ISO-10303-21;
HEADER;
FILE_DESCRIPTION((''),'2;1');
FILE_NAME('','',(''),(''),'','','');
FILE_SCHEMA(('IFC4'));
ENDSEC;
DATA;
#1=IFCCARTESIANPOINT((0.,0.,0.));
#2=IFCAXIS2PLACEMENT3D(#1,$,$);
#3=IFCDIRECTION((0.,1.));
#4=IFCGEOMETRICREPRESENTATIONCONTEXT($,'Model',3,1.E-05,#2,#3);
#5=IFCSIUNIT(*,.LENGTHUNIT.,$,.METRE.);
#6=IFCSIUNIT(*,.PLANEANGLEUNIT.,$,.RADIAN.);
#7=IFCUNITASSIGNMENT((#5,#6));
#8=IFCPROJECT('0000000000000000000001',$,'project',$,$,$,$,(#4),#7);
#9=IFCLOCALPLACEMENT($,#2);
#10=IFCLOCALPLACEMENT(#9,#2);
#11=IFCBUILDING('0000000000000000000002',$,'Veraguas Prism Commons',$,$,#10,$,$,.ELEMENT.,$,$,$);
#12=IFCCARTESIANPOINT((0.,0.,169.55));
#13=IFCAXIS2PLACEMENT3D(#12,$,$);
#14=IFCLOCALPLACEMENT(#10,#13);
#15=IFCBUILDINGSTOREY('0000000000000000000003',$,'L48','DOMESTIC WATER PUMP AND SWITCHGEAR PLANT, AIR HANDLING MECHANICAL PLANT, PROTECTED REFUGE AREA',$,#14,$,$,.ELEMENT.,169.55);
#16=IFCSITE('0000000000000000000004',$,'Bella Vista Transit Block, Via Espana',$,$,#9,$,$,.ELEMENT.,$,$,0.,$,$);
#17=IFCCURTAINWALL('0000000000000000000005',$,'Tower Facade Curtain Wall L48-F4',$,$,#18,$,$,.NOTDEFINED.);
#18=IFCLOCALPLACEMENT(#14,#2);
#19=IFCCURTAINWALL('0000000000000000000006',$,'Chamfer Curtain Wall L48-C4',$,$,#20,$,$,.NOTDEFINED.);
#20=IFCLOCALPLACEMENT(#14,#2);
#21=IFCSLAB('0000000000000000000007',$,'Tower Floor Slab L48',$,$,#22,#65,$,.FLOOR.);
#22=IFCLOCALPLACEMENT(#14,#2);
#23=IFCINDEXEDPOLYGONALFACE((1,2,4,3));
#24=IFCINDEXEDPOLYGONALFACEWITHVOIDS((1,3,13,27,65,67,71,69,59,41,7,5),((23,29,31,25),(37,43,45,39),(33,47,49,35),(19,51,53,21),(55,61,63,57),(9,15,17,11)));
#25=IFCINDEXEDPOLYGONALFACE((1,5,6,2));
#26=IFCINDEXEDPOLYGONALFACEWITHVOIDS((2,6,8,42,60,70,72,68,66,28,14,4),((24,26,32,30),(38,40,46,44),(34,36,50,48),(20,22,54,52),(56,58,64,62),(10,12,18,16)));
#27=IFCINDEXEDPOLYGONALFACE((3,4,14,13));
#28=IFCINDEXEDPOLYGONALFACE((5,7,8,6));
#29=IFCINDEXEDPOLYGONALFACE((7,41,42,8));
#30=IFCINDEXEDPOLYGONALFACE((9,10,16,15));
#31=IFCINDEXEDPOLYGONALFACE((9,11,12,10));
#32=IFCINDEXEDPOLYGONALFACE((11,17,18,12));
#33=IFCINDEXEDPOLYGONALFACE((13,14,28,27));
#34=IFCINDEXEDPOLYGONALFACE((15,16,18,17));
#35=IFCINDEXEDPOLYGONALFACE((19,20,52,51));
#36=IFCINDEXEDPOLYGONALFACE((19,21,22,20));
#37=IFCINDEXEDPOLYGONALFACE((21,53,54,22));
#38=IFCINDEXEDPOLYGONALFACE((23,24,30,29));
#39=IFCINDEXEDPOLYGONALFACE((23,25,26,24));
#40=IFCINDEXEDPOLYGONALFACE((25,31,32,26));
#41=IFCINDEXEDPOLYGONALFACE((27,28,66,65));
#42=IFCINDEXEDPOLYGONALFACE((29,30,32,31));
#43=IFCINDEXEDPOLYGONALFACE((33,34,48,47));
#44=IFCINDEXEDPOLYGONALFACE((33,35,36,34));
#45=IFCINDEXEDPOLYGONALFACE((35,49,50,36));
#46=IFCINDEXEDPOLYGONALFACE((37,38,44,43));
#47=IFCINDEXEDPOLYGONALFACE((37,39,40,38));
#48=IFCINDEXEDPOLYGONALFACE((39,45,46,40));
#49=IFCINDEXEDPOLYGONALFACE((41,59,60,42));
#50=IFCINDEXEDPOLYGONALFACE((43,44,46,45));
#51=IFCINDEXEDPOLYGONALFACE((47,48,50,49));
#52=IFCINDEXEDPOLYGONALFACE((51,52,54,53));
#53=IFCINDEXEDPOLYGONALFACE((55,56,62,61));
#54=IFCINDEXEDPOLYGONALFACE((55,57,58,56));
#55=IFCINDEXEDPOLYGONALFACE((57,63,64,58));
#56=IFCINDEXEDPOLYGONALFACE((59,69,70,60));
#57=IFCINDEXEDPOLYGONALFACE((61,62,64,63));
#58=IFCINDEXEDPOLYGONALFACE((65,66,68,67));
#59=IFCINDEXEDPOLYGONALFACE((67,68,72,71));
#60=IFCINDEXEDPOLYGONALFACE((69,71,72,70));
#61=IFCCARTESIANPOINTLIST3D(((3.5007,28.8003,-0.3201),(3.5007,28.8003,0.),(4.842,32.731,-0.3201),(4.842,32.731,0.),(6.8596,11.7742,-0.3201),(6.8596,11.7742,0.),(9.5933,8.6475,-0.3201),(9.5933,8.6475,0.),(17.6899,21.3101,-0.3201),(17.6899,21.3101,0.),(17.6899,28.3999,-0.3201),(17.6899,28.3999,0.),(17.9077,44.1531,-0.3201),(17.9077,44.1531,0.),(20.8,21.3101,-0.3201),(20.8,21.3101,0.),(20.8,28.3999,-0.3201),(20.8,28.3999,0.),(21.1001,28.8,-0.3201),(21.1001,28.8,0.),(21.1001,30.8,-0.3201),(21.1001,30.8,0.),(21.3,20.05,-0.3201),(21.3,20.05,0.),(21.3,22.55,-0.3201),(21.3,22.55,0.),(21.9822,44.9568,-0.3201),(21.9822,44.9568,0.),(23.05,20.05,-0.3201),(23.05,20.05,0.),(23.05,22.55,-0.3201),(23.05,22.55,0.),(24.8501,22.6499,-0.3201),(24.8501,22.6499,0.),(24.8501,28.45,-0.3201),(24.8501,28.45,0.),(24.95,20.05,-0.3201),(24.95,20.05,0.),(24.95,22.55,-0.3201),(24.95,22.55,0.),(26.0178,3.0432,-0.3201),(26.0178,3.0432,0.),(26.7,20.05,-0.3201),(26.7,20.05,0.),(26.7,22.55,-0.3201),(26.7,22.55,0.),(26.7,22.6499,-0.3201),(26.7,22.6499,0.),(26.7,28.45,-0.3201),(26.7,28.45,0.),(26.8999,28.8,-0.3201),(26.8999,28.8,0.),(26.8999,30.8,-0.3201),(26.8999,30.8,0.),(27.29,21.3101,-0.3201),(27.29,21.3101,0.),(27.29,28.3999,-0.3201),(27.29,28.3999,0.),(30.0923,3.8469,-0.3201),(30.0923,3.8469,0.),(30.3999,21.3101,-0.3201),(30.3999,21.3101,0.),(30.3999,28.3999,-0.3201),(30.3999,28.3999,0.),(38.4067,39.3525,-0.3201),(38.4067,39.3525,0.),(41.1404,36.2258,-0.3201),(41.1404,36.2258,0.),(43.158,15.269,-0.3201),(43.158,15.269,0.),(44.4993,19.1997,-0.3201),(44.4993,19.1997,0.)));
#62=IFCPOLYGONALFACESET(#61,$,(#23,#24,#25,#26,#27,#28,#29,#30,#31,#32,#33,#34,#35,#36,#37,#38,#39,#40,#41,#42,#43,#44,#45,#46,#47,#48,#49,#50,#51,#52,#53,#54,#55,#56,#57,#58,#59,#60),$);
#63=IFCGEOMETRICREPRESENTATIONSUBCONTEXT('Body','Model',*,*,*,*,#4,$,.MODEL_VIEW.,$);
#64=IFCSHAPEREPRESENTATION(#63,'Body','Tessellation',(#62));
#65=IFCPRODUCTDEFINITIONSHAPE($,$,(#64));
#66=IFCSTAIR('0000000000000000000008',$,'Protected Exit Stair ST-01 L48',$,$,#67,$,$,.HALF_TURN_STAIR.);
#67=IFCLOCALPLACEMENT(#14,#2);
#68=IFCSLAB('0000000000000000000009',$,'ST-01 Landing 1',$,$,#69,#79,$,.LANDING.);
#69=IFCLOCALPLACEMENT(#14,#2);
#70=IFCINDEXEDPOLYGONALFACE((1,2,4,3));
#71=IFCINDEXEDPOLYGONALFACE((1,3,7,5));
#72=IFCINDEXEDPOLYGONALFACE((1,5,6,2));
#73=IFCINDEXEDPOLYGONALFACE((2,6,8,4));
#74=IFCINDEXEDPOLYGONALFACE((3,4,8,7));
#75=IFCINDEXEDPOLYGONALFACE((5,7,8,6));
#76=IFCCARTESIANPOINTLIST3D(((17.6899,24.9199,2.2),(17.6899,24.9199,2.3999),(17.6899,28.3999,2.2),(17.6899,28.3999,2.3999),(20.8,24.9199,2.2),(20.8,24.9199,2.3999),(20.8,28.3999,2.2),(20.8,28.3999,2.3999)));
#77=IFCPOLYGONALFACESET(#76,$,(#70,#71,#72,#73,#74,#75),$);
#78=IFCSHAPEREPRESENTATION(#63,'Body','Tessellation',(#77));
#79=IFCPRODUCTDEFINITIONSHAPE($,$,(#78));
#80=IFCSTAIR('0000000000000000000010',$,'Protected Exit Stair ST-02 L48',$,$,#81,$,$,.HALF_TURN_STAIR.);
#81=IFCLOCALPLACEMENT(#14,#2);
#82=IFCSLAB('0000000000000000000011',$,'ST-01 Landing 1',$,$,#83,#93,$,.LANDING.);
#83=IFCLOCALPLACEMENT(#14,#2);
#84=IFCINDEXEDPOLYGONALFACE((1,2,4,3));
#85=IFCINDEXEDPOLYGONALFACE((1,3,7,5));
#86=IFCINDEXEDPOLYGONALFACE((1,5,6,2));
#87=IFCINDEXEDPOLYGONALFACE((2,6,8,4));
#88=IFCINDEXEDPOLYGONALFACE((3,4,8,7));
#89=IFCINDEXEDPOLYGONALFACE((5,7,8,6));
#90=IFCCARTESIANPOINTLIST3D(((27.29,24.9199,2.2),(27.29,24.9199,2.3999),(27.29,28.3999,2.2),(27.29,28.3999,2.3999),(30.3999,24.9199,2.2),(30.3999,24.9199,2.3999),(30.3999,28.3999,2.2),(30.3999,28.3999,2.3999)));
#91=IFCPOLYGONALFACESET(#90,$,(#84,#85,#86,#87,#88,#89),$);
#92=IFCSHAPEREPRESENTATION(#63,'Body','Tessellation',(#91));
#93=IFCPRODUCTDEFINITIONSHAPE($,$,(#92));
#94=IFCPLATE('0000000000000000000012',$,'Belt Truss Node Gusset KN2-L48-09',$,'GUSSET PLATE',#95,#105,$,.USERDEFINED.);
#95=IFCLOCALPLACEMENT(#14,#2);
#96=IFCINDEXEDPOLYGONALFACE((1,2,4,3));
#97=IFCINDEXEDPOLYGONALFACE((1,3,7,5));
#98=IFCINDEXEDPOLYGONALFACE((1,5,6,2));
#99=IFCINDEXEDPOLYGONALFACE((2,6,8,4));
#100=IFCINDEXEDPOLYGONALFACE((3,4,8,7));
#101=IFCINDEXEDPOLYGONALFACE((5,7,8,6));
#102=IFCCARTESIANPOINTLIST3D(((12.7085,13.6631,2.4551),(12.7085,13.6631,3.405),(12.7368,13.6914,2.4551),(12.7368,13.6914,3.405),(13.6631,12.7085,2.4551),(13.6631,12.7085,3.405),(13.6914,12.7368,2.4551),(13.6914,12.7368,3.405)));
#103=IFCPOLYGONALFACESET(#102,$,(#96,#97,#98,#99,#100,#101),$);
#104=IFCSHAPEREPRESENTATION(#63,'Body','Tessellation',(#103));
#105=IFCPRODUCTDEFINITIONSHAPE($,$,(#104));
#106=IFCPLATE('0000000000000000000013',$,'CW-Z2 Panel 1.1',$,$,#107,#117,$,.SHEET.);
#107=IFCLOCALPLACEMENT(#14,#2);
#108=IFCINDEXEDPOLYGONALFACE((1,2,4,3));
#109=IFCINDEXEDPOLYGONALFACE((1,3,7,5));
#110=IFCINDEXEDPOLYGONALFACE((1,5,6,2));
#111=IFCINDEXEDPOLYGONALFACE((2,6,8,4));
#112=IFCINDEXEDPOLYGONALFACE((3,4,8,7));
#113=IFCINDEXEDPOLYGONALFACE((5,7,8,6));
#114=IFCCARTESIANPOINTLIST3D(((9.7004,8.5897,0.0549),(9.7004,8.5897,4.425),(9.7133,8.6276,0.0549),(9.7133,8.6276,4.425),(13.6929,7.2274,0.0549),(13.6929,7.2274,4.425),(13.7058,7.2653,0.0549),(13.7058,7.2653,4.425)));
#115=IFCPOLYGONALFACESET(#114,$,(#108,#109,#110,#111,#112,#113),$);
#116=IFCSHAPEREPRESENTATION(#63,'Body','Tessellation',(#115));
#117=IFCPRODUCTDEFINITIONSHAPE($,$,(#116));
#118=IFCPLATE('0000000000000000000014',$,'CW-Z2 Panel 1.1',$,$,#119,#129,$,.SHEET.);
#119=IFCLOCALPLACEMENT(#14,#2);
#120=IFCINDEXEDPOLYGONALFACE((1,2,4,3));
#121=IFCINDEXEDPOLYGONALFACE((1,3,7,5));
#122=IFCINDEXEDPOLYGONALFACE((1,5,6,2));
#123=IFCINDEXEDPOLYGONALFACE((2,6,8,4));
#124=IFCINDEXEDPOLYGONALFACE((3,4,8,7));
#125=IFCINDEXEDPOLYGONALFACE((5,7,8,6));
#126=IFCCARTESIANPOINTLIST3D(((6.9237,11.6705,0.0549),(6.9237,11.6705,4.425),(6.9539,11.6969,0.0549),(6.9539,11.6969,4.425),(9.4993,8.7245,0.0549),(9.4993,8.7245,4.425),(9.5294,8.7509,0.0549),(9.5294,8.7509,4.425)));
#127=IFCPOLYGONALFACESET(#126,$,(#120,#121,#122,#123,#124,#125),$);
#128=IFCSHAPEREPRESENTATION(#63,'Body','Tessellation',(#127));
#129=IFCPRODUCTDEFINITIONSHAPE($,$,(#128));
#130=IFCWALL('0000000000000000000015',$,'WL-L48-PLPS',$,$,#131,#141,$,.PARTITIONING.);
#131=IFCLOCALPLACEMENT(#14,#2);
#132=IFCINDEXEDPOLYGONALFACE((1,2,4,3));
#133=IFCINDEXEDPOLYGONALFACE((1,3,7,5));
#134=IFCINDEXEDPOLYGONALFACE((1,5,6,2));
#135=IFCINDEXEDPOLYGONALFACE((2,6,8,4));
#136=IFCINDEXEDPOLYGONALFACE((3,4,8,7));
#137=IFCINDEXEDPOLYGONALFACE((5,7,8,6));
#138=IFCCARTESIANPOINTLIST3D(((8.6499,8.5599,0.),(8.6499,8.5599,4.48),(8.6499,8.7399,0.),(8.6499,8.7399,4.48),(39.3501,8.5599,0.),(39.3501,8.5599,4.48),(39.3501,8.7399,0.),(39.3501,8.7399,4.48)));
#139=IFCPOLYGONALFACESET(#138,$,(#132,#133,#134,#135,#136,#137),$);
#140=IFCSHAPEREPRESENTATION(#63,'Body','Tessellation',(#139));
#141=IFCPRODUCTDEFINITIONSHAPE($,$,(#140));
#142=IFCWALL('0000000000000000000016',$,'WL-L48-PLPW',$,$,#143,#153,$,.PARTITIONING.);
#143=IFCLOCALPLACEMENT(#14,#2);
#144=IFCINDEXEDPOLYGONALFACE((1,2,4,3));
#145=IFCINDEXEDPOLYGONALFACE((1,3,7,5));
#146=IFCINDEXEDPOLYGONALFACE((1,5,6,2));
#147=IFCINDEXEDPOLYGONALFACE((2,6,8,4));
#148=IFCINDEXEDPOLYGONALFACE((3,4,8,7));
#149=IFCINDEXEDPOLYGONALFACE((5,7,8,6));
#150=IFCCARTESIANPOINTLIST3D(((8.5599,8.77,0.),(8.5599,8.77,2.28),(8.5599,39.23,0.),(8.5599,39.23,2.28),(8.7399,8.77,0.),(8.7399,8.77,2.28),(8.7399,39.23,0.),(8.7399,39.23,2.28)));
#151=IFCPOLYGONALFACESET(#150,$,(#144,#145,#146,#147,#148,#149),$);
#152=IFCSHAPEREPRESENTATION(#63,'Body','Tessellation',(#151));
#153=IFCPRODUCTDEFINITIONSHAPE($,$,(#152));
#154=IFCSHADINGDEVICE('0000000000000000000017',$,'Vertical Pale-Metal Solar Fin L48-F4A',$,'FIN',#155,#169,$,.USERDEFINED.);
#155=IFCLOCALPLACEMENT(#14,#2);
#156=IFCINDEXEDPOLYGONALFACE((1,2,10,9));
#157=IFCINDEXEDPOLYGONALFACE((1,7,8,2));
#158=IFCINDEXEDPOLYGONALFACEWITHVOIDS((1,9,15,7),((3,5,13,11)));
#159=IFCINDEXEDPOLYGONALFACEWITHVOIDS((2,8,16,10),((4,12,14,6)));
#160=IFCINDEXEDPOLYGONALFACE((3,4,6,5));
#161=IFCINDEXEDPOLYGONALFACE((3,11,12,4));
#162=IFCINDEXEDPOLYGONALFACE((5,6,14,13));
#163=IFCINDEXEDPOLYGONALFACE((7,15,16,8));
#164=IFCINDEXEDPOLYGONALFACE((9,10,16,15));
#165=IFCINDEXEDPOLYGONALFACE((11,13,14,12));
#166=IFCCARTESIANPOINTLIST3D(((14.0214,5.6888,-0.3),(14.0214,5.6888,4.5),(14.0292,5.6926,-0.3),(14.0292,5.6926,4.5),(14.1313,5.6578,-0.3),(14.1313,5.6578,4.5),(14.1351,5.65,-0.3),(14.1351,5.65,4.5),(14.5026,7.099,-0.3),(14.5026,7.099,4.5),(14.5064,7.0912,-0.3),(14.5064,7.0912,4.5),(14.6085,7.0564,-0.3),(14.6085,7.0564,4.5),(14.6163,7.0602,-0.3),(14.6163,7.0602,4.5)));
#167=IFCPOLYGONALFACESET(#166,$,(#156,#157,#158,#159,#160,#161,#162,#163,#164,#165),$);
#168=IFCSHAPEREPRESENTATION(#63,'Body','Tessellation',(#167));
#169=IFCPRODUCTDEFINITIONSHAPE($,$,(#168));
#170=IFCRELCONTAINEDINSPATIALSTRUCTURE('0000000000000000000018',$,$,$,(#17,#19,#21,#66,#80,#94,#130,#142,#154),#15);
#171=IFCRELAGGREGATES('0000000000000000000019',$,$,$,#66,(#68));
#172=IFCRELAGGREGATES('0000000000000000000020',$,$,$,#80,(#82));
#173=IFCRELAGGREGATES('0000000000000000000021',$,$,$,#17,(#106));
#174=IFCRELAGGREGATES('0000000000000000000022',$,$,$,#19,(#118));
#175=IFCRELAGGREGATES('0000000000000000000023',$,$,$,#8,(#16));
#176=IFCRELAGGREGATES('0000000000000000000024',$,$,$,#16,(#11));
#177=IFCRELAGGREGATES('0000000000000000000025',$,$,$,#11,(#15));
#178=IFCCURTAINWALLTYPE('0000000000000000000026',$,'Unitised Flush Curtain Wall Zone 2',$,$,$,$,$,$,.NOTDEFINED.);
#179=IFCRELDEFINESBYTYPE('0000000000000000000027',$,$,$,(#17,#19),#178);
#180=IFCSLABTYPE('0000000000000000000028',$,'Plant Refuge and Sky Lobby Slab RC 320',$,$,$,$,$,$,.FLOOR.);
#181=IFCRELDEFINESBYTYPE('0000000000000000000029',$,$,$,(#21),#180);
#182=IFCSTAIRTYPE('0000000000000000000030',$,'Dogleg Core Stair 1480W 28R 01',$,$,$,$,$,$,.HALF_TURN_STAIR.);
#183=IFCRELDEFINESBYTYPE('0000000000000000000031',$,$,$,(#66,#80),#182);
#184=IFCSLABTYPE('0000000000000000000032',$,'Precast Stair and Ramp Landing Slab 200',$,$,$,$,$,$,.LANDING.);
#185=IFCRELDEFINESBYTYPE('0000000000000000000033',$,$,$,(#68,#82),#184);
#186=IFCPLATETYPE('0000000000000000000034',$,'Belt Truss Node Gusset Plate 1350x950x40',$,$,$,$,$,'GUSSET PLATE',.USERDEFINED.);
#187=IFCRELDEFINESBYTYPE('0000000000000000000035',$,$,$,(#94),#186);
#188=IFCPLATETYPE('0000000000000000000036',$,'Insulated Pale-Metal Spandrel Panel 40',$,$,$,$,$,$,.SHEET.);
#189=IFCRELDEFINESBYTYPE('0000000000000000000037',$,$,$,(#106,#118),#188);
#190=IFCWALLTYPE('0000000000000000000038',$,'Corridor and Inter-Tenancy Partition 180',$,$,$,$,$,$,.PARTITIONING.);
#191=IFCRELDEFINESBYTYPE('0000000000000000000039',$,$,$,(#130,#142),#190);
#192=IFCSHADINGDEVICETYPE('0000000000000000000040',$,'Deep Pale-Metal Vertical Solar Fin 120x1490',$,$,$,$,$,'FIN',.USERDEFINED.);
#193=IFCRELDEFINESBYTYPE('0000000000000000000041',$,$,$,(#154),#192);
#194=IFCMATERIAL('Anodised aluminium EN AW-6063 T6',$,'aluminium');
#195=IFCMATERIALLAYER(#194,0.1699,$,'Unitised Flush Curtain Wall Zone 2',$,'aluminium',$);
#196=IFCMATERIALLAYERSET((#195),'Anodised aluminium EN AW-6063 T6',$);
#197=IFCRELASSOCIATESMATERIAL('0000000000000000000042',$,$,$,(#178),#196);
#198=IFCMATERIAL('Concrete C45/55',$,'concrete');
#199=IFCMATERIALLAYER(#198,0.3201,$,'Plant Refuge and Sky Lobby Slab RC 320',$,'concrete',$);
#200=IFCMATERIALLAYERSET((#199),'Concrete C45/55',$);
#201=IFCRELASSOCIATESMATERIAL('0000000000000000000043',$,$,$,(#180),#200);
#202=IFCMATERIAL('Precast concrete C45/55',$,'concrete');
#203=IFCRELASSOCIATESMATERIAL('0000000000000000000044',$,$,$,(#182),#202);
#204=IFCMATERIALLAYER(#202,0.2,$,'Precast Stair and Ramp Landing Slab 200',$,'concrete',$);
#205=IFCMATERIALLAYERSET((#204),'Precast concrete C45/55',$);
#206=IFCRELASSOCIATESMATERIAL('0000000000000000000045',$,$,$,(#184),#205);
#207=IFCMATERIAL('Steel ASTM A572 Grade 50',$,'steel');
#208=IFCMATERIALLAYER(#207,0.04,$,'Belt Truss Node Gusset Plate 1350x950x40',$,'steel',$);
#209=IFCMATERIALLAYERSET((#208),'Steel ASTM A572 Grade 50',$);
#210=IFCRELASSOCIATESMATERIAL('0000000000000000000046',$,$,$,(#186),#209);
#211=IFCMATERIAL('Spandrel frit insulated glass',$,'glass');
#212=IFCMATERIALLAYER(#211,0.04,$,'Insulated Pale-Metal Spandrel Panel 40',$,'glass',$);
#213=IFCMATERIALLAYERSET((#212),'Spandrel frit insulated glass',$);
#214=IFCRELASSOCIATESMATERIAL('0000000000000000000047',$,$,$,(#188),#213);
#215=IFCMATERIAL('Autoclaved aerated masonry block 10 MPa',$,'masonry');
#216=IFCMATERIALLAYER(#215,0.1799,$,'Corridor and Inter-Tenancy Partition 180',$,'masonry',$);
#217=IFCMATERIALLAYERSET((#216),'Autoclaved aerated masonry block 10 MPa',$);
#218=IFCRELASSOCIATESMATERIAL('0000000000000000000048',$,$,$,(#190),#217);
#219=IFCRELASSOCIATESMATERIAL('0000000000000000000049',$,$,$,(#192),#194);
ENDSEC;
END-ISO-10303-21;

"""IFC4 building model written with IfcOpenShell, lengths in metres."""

from ifc_helpers import new_model, si_unit, direction, frame, frame_2d, origin, origin_2d, place, context, subcontext, project, spatial, polyline, rectangle, hollow_rectangle, outline, extrude, source, transform, mapped, material, layer, layer_set, material_profile, profile_set, type_object, element, aggregate, save


model = new_model("IFC4")

# Units and contexts
model_context = context("Model", 3, precision=1e-05, world=origin(), true_north=direction((0.0, 1.0)))
body_context = subcontext(model_context, "Body", "Model", "MODEL_VIEW")
ifc_project = project(units=[si_unit("LENGTHUNIT", "METRE"), si_unit("PLANEANGLEUNIT", "RADIAN")], contexts=[model_context])

# Site, building, storey
site_placement = place(None, origin())
site = spatial("IfcSite", under=ifc_project, at=site_placement, Name="Bella Vista Transit Block, Via Espana", CompositionType="ELEMENT", RefElevation=0.0)
building_placement = place(site_placement, origin())
building = spatial("IfcBuilding", under=site, at=building_placement, Name="Veraguas Prism Commons", CompositionType="ELEMENT")
storey_placement = place(building_placement, frame((0.0, 0.0, 169.55)))
storey = spatial("IfcBuildingStorey", under=building, at=storey_placement, Name="L48", Description="DOMESTIC WATER PUMP AND SWITCHGEAR PLANT, AIR HANDLING MECHANICAL PLANT, PROTECTED REFUGE AREA", CompositionType="ELEMENT", Elevation=169.55)

# Shared definitions
ifc_material_1 = material(Name="Anodised aluminium EN AW-6063 T6", Category="aluminium")
ifc_layer_1 = layer(ifc_material_1, 0.1699, Name="Unitised Flush Curtain Wall Zone 2", Category="aluminium")
ifc_layer_set_1 = layer_set([ifc_layer_1], Name="Anodised aluminium EN AW-6063 T6")
curtain_wall_type = type_object("IfcCurtainWallType", Name="Unitised Flush Curtain Wall Zone 2", PredefinedType="NOTDEFINED", material=ifc_layer_set_1)

# Curtain walls
curtain_wall_1_placement = place(storey_placement, origin())
curtain_wall_1 = element("IfcCurtainWall", 1, at=curtain_wall_1_placement, inside=storey, type_object=curtain_wall_type, Name="Tower Facade Curtain Wall L48-F4", PredefinedType="NOTDEFINED")
curtain_wall_2_placement = place(storey_placement, origin())
curtain_wall_2 = element("IfcCurtainWall", 2, at=curtain_wall_2_placement, inside=storey, type_object=curtain_wall_type, Name="Chamfer Curtain Wall L48-C4", PredefinedType="NOTDEFINED")

# Slab
ifc_material_2 = material(Name="Concrete C45/55", Category="concrete")
ifc_layer_2 = layer(ifc_material_2, 0.3201, Name="Plant Refuge and Sky Lobby Slab RC 320", Category="concrete")
ifc_layer_set_2 = layer_set([ifc_layer_2], Name="Concrete C45/55")
slab_type_1 = type_object("IfcSlabType", Name="Plant Refuge and Sky Lobby Slab RC 320", PredefinedType="FLOOR", material=ifc_layer_set_2)
slab_1_placement = place(storey_placement, frame((0.0, 0.0, -0.3201)))
element("IfcSlab", 3, at=slab_1_placement, inside=storey, type_object=slab_type_1, Name="Tower Floor Slab L48", PredefinedType="FLOOR", context=body_context, shape_type="SweptSolid", body=[
    extrude(outline(polyline([(41.1404, 36.2258), (38.4067, 39.3525), (21.9822, 44.9568), (17.9077, 44.1531), (4.842, 32.731), (3.5007, 28.8003), (6.8596, 11.7742), (9.5933, 8.6475), (26.0178, 3.0432), (30.0923, 3.8469), (43.158, 15.269), (44.4993, 19.1997), (41.1404, 36.2258)]), holes=[polyline([(20.8, 21.3101), (20.8, 28.3999), (17.6899, 28.3999), (17.6899, 21.3101), (20.8, 21.3101)]), polyline([(30.3999, 21.3101), (30.3999, 28.3999), (27.29, 28.3999), (27.29, 21.3101), (30.3999, 21.3101)]), polyline([(24.8501, 22.6499), (26.7, 22.6499), (26.7, 28.45), (24.8501, 28.45), (24.8501, 22.6499)]), polyline([(21.1001, 28.8), (26.8999, 28.8), (26.8999, 30.8), (21.1001, 30.8), (21.1001, 28.8)]), polyline([(21.3, 20.05), (23.05, 20.05), (23.05, 22.55), (21.3, 22.55), (21.3, 20.05)]), polyline([(24.95, 20.05), (26.7, 20.05), (26.7, 22.55), (24.95, 22.55), (24.95, 20.05)])]), origin(), (0.0, 0.0, 1.0), 0.3201),
])

# Stairs, slabs
ifc_material_3 = material(Name="Precast concrete C45/55", Category="concrete")
stair_type = type_object("IfcStairType", Name="Dogleg Core Stair 1480W 28R 01", PredefinedType="HALF_TURN_STAIR", material=ifc_material_3)
stair_1_placement = place(storey_placement, origin())
stair_1 = element("IfcStair", 4, at=stair_1_placement, inside=storey, type_object=stair_type, Name="Protected Exit Stair ST-01 L48", PredefinedType="HALF_TURN_STAIR")
ifc_layer_3 = layer(ifc_material_3, 0.2, Name="Precast Stair and Ramp Landing Slab 200", Category="concrete")
ifc_layer_set_3 = layer_set([ifc_layer_3], Name="Precast concrete C45/55")
slab_type_2 = type_object("IfcSlabType", Name="Precast Stair and Ramp Landing Slab 200", PredefinedType="LANDING", material=ifc_layer_set_3)
slab_2_placement = place(storey_placement, frame((0.0, 0.0, 2.2)))
slab_2 = element("IfcSlab", 5, at=slab_2_placement, type_object=slab_type_2, Name="ST-01 Landing 1", PredefinedType="LANDING", context=body_context, shape_type="SweptSolid", body=[
    extrude(outline(polyline([(20.8, 24.9199), (20.8, 28.3999), (17.6899, 28.3999), (17.6899, 24.9199), (20.8, 24.9199)])), origin(), (0.0, 0.0, 1.0), 0.2),
])
aggregate(stair_1, [slab_2])
stair_2_placement = place(storey_placement, origin())
stair_2 = element("IfcStair", 6, at=stair_2_placement, inside=storey, type_object=stair_type, Name="Protected Exit Stair ST-02 L48", PredefinedType="HALF_TURN_STAIR")
slab_3_placement = place(storey_placement, frame((0.0, 0.0, 2.2)))
slab_3 = element("IfcSlab", 7, at=slab_3_placement, type_object=slab_type_2, Name="ST-01 Landing 1", PredefinedType="LANDING", context=body_context, shape_type="SweptSolid", body=[
    extrude(outline(polyline([(30.3999, 24.9199), (30.3999, 28.3999), (27.29, 28.3999), (27.29, 24.9199), (30.3999, 24.9199)])), origin(), (0.0, 0.0, 1.0), 0.2),
])
aggregate(stair_2, [slab_3])

# Plates
ifc_material_4 = material(Name="Steel ASTM A572 Grade 50", Category="steel")
ifc_layer_4 = layer(ifc_material_4, 0.04, Name="Belt Truss Node Gusset Plate 1350x950x40", Category="steel")
ifc_layer_set_4 = layer_set([ifc_layer_4], Name="Steel ASTM A572 Grade 50")
plate_type_1 = type_object("IfcPlateType", Name="Belt Truss Node Gusset Plate 1350x950x40", ElementType="GUSSET PLATE", PredefinedType="USERDEFINED", material=ifc_layer_set_4)
shared_shape_1 = source(origin(), body_context, "Body", "SweptSolid", [
    extrude(rectangle(XDim=1.3501, YDim=0.04, at=origin_2d()), origin(), (0.0, 0.0, 1.0), 0.95),
])
plate_1_placement = place(storey_placement, frame((13.2, 13.2, 2.4551), z_axis=(0.0, 0.0, 1.0), x_axis=(0.707107, -0.707107, 0.0)))
element("IfcPlate", 8, at=plate_1_placement, inside=storey, type_object=plate_type_1, Name="Belt Truss Node Gusset KN2-L48-09", ObjectType="GUSSET PLATE", PredefinedType="USERDEFINED", context=body_context, shape_type="MappedRepresentation", body=[
    mapped(shared_shape_1, transform((0.0, 0.0, 0.0), scale=1.0)),
])
ifc_material_5 = material(Name="Spandrel frit insulated glass", Category="glass")
ifc_layer_5 = layer(ifc_material_5, 0.04, Name="Insulated Pale-Metal Spandrel Panel 40", Category="glass")
ifc_layer_set_5 = layer_set([ifc_layer_5], Name="Spandrel frit insulated glass")
plate_type_2 = type_object("IfcPlateType", Name="Insulated Pale-Metal Spandrel Panel 40", PredefinedType="SHEET", material=ifc_layer_set_5)
shared_shape_2 = source(origin(), body_context, "Body", "SweptSolid", [
    extrude(rectangle(XDim=4.2185, YDim=0.04, at=origin_2d()), origin(), (0.0, 0.0, 1.0), 4.3701),
])
plate_2_placement = place(storey_placement, frame((11.7031, 7.9275, 0.0549), z_axis=(0.0, 0.0, 1.0), x_axis=(0.946425, -0.322925, 0.0)))
plate_2 = element("IfcPlate", 9, at=plate_2_placement, type_object=plate_type_2, Name="CW-Z2 Panel 1.1", PredefinedType="SHEET", context=body_context, shape_type="MappedRepresentation", body=[
    mapped(shared_shape_2, transform((0.0, 0.0, 0.0), scale=1.0)),
])
aggregate(curtain_wall_1, [plate_2])
shared_shape_3 = source(origin(), body_context, "Body", "SweptSolid", [
    extrude(rectangle(XDim=3.9131, YDim=0.04, at=origin_2d()), origin(), (0.0, 0.0, 1.0), 4.3701),
])
plate_3_placement = place(storey_placement, frame((8.2266, 10.2107, 0.0549), z_axis=(0.0, 0.0, 1.0), x_axis=(0.658186, -0.752855, 0.0)))
plate_3 = element("IfcPlate", 10, at=plate_3_placement, type_object=plate_type_2, Name="CW-Z2 Panel 1.1", PredefinedType="SHEET", context=body_context, shape_type="MappedRepresentation", body=[
    mapped(shared_shape_3, transform((0.0, 0.0, 0.0), scale=1.0)),
])
aggregate(curtain_wall_2, [plate_3])

# Walls
ifc_material_6 = material(Name="Autoclaved aerated masonry block 10 MPa", Category="masonry")
ifc_layer_6 = layer(ifc_material_6, 0.1799, Name="Corridor and Inter-Tenancy Partition 180", Category="masonry")
ifc_layer_set_6 = layer_set([ifc_layer_6], Name="Autoclaved aerated masonry block 10 MPa")
wall_type = type_object("IfcWallType", Name="Corridor and Inter-Tenancy Partition 180", PredefinedType="PARTITIONING", material=ifc_layer_set_6)
wall_1_placement = place(storey_placement, frame((8.6499, 8.6499, 0.0), z_axis=(0.0, 0.0, 1.0), x_axis=(1.0, 0.0, 0.0)))
element("IfcWall", 11, at=wall_1_placement, inside=storey, type_object=wall_type, Name="WL-L48-PLPS", PredefinedType="PARTITIONING", context=body_context, shape_type="SweptSolid", body=[
    extrude(rectangle(XDim=30.7002, YDim=0.1799, at=frame_2d((15.3501, 0.0))), origin(), (0.0, 0.0, 1.0), 4.48),
])
wall_2_placement = place(storey_placement, frame((8.6499, 8.77, 0.0), z_axis=(0.0, 0.0, 1.0), x_axis=(0.0, 1.0, 0.0)))
element("IfcWall", 12, at=wall_2_placement, inside=storey, type_object=wall_type, Name="WL-L48-PLPW", PredefinedType="PARTITIONING", context=body_context, shape_type="SweptSolid", body=[
    extrude(rectangle(XDim=30.46, YDim=0.1799, at=frame_2d((15.23, 0.0))), origin(), (0.0, 0.0, 1.0), 2.28),
])

# Shading device
ifc_material_profile_1 = material_profile(ifc_material_1, hollow_rectangle(XDim=0.1201, YDim=1.49, WallThickness=0.0061, at=origin_2d()), Name="FIN120X1490X6")
ifc_profile_set_1 = profile_set([ifc_material_profile_1], Name="Anodised aluminium EN AW-6063 T6")
shading_device_type_1 = type_object("IfcShadingDeviceType", Name="Deep Pale-Metal Vertical Solar Fin 120x1490", ElementType="FIN", PredefinedType="USERDEFINED", material=ifc_profile_set_1)
shading_device_placement = place(storey_placement, frame((14.3188, 6.3745, -0.3), z_axis=(0.0, 0.0, 1.0), x_axis=(0.946424, -0.322927, 0.0)))
element("IfcShadingDevice", 13, at=shading_device_placement, inside=storey, type_object=shading_device_type_1, Name="Vertical Pale-Metal Solar Fin L48-F4A", ObjectType="FIN", PredefinedType="USERDEFINED", context=body_context, shape_type="SweptSolid", body=[
    extrude(hollow_rectangle(XDim=0.1201, YDim=1.49, WallThickness=0.0061, at=origin_2d()), origin(), (0.0, 0.0, 1.0), 4.8),
])

save(model, "model.ifc")
